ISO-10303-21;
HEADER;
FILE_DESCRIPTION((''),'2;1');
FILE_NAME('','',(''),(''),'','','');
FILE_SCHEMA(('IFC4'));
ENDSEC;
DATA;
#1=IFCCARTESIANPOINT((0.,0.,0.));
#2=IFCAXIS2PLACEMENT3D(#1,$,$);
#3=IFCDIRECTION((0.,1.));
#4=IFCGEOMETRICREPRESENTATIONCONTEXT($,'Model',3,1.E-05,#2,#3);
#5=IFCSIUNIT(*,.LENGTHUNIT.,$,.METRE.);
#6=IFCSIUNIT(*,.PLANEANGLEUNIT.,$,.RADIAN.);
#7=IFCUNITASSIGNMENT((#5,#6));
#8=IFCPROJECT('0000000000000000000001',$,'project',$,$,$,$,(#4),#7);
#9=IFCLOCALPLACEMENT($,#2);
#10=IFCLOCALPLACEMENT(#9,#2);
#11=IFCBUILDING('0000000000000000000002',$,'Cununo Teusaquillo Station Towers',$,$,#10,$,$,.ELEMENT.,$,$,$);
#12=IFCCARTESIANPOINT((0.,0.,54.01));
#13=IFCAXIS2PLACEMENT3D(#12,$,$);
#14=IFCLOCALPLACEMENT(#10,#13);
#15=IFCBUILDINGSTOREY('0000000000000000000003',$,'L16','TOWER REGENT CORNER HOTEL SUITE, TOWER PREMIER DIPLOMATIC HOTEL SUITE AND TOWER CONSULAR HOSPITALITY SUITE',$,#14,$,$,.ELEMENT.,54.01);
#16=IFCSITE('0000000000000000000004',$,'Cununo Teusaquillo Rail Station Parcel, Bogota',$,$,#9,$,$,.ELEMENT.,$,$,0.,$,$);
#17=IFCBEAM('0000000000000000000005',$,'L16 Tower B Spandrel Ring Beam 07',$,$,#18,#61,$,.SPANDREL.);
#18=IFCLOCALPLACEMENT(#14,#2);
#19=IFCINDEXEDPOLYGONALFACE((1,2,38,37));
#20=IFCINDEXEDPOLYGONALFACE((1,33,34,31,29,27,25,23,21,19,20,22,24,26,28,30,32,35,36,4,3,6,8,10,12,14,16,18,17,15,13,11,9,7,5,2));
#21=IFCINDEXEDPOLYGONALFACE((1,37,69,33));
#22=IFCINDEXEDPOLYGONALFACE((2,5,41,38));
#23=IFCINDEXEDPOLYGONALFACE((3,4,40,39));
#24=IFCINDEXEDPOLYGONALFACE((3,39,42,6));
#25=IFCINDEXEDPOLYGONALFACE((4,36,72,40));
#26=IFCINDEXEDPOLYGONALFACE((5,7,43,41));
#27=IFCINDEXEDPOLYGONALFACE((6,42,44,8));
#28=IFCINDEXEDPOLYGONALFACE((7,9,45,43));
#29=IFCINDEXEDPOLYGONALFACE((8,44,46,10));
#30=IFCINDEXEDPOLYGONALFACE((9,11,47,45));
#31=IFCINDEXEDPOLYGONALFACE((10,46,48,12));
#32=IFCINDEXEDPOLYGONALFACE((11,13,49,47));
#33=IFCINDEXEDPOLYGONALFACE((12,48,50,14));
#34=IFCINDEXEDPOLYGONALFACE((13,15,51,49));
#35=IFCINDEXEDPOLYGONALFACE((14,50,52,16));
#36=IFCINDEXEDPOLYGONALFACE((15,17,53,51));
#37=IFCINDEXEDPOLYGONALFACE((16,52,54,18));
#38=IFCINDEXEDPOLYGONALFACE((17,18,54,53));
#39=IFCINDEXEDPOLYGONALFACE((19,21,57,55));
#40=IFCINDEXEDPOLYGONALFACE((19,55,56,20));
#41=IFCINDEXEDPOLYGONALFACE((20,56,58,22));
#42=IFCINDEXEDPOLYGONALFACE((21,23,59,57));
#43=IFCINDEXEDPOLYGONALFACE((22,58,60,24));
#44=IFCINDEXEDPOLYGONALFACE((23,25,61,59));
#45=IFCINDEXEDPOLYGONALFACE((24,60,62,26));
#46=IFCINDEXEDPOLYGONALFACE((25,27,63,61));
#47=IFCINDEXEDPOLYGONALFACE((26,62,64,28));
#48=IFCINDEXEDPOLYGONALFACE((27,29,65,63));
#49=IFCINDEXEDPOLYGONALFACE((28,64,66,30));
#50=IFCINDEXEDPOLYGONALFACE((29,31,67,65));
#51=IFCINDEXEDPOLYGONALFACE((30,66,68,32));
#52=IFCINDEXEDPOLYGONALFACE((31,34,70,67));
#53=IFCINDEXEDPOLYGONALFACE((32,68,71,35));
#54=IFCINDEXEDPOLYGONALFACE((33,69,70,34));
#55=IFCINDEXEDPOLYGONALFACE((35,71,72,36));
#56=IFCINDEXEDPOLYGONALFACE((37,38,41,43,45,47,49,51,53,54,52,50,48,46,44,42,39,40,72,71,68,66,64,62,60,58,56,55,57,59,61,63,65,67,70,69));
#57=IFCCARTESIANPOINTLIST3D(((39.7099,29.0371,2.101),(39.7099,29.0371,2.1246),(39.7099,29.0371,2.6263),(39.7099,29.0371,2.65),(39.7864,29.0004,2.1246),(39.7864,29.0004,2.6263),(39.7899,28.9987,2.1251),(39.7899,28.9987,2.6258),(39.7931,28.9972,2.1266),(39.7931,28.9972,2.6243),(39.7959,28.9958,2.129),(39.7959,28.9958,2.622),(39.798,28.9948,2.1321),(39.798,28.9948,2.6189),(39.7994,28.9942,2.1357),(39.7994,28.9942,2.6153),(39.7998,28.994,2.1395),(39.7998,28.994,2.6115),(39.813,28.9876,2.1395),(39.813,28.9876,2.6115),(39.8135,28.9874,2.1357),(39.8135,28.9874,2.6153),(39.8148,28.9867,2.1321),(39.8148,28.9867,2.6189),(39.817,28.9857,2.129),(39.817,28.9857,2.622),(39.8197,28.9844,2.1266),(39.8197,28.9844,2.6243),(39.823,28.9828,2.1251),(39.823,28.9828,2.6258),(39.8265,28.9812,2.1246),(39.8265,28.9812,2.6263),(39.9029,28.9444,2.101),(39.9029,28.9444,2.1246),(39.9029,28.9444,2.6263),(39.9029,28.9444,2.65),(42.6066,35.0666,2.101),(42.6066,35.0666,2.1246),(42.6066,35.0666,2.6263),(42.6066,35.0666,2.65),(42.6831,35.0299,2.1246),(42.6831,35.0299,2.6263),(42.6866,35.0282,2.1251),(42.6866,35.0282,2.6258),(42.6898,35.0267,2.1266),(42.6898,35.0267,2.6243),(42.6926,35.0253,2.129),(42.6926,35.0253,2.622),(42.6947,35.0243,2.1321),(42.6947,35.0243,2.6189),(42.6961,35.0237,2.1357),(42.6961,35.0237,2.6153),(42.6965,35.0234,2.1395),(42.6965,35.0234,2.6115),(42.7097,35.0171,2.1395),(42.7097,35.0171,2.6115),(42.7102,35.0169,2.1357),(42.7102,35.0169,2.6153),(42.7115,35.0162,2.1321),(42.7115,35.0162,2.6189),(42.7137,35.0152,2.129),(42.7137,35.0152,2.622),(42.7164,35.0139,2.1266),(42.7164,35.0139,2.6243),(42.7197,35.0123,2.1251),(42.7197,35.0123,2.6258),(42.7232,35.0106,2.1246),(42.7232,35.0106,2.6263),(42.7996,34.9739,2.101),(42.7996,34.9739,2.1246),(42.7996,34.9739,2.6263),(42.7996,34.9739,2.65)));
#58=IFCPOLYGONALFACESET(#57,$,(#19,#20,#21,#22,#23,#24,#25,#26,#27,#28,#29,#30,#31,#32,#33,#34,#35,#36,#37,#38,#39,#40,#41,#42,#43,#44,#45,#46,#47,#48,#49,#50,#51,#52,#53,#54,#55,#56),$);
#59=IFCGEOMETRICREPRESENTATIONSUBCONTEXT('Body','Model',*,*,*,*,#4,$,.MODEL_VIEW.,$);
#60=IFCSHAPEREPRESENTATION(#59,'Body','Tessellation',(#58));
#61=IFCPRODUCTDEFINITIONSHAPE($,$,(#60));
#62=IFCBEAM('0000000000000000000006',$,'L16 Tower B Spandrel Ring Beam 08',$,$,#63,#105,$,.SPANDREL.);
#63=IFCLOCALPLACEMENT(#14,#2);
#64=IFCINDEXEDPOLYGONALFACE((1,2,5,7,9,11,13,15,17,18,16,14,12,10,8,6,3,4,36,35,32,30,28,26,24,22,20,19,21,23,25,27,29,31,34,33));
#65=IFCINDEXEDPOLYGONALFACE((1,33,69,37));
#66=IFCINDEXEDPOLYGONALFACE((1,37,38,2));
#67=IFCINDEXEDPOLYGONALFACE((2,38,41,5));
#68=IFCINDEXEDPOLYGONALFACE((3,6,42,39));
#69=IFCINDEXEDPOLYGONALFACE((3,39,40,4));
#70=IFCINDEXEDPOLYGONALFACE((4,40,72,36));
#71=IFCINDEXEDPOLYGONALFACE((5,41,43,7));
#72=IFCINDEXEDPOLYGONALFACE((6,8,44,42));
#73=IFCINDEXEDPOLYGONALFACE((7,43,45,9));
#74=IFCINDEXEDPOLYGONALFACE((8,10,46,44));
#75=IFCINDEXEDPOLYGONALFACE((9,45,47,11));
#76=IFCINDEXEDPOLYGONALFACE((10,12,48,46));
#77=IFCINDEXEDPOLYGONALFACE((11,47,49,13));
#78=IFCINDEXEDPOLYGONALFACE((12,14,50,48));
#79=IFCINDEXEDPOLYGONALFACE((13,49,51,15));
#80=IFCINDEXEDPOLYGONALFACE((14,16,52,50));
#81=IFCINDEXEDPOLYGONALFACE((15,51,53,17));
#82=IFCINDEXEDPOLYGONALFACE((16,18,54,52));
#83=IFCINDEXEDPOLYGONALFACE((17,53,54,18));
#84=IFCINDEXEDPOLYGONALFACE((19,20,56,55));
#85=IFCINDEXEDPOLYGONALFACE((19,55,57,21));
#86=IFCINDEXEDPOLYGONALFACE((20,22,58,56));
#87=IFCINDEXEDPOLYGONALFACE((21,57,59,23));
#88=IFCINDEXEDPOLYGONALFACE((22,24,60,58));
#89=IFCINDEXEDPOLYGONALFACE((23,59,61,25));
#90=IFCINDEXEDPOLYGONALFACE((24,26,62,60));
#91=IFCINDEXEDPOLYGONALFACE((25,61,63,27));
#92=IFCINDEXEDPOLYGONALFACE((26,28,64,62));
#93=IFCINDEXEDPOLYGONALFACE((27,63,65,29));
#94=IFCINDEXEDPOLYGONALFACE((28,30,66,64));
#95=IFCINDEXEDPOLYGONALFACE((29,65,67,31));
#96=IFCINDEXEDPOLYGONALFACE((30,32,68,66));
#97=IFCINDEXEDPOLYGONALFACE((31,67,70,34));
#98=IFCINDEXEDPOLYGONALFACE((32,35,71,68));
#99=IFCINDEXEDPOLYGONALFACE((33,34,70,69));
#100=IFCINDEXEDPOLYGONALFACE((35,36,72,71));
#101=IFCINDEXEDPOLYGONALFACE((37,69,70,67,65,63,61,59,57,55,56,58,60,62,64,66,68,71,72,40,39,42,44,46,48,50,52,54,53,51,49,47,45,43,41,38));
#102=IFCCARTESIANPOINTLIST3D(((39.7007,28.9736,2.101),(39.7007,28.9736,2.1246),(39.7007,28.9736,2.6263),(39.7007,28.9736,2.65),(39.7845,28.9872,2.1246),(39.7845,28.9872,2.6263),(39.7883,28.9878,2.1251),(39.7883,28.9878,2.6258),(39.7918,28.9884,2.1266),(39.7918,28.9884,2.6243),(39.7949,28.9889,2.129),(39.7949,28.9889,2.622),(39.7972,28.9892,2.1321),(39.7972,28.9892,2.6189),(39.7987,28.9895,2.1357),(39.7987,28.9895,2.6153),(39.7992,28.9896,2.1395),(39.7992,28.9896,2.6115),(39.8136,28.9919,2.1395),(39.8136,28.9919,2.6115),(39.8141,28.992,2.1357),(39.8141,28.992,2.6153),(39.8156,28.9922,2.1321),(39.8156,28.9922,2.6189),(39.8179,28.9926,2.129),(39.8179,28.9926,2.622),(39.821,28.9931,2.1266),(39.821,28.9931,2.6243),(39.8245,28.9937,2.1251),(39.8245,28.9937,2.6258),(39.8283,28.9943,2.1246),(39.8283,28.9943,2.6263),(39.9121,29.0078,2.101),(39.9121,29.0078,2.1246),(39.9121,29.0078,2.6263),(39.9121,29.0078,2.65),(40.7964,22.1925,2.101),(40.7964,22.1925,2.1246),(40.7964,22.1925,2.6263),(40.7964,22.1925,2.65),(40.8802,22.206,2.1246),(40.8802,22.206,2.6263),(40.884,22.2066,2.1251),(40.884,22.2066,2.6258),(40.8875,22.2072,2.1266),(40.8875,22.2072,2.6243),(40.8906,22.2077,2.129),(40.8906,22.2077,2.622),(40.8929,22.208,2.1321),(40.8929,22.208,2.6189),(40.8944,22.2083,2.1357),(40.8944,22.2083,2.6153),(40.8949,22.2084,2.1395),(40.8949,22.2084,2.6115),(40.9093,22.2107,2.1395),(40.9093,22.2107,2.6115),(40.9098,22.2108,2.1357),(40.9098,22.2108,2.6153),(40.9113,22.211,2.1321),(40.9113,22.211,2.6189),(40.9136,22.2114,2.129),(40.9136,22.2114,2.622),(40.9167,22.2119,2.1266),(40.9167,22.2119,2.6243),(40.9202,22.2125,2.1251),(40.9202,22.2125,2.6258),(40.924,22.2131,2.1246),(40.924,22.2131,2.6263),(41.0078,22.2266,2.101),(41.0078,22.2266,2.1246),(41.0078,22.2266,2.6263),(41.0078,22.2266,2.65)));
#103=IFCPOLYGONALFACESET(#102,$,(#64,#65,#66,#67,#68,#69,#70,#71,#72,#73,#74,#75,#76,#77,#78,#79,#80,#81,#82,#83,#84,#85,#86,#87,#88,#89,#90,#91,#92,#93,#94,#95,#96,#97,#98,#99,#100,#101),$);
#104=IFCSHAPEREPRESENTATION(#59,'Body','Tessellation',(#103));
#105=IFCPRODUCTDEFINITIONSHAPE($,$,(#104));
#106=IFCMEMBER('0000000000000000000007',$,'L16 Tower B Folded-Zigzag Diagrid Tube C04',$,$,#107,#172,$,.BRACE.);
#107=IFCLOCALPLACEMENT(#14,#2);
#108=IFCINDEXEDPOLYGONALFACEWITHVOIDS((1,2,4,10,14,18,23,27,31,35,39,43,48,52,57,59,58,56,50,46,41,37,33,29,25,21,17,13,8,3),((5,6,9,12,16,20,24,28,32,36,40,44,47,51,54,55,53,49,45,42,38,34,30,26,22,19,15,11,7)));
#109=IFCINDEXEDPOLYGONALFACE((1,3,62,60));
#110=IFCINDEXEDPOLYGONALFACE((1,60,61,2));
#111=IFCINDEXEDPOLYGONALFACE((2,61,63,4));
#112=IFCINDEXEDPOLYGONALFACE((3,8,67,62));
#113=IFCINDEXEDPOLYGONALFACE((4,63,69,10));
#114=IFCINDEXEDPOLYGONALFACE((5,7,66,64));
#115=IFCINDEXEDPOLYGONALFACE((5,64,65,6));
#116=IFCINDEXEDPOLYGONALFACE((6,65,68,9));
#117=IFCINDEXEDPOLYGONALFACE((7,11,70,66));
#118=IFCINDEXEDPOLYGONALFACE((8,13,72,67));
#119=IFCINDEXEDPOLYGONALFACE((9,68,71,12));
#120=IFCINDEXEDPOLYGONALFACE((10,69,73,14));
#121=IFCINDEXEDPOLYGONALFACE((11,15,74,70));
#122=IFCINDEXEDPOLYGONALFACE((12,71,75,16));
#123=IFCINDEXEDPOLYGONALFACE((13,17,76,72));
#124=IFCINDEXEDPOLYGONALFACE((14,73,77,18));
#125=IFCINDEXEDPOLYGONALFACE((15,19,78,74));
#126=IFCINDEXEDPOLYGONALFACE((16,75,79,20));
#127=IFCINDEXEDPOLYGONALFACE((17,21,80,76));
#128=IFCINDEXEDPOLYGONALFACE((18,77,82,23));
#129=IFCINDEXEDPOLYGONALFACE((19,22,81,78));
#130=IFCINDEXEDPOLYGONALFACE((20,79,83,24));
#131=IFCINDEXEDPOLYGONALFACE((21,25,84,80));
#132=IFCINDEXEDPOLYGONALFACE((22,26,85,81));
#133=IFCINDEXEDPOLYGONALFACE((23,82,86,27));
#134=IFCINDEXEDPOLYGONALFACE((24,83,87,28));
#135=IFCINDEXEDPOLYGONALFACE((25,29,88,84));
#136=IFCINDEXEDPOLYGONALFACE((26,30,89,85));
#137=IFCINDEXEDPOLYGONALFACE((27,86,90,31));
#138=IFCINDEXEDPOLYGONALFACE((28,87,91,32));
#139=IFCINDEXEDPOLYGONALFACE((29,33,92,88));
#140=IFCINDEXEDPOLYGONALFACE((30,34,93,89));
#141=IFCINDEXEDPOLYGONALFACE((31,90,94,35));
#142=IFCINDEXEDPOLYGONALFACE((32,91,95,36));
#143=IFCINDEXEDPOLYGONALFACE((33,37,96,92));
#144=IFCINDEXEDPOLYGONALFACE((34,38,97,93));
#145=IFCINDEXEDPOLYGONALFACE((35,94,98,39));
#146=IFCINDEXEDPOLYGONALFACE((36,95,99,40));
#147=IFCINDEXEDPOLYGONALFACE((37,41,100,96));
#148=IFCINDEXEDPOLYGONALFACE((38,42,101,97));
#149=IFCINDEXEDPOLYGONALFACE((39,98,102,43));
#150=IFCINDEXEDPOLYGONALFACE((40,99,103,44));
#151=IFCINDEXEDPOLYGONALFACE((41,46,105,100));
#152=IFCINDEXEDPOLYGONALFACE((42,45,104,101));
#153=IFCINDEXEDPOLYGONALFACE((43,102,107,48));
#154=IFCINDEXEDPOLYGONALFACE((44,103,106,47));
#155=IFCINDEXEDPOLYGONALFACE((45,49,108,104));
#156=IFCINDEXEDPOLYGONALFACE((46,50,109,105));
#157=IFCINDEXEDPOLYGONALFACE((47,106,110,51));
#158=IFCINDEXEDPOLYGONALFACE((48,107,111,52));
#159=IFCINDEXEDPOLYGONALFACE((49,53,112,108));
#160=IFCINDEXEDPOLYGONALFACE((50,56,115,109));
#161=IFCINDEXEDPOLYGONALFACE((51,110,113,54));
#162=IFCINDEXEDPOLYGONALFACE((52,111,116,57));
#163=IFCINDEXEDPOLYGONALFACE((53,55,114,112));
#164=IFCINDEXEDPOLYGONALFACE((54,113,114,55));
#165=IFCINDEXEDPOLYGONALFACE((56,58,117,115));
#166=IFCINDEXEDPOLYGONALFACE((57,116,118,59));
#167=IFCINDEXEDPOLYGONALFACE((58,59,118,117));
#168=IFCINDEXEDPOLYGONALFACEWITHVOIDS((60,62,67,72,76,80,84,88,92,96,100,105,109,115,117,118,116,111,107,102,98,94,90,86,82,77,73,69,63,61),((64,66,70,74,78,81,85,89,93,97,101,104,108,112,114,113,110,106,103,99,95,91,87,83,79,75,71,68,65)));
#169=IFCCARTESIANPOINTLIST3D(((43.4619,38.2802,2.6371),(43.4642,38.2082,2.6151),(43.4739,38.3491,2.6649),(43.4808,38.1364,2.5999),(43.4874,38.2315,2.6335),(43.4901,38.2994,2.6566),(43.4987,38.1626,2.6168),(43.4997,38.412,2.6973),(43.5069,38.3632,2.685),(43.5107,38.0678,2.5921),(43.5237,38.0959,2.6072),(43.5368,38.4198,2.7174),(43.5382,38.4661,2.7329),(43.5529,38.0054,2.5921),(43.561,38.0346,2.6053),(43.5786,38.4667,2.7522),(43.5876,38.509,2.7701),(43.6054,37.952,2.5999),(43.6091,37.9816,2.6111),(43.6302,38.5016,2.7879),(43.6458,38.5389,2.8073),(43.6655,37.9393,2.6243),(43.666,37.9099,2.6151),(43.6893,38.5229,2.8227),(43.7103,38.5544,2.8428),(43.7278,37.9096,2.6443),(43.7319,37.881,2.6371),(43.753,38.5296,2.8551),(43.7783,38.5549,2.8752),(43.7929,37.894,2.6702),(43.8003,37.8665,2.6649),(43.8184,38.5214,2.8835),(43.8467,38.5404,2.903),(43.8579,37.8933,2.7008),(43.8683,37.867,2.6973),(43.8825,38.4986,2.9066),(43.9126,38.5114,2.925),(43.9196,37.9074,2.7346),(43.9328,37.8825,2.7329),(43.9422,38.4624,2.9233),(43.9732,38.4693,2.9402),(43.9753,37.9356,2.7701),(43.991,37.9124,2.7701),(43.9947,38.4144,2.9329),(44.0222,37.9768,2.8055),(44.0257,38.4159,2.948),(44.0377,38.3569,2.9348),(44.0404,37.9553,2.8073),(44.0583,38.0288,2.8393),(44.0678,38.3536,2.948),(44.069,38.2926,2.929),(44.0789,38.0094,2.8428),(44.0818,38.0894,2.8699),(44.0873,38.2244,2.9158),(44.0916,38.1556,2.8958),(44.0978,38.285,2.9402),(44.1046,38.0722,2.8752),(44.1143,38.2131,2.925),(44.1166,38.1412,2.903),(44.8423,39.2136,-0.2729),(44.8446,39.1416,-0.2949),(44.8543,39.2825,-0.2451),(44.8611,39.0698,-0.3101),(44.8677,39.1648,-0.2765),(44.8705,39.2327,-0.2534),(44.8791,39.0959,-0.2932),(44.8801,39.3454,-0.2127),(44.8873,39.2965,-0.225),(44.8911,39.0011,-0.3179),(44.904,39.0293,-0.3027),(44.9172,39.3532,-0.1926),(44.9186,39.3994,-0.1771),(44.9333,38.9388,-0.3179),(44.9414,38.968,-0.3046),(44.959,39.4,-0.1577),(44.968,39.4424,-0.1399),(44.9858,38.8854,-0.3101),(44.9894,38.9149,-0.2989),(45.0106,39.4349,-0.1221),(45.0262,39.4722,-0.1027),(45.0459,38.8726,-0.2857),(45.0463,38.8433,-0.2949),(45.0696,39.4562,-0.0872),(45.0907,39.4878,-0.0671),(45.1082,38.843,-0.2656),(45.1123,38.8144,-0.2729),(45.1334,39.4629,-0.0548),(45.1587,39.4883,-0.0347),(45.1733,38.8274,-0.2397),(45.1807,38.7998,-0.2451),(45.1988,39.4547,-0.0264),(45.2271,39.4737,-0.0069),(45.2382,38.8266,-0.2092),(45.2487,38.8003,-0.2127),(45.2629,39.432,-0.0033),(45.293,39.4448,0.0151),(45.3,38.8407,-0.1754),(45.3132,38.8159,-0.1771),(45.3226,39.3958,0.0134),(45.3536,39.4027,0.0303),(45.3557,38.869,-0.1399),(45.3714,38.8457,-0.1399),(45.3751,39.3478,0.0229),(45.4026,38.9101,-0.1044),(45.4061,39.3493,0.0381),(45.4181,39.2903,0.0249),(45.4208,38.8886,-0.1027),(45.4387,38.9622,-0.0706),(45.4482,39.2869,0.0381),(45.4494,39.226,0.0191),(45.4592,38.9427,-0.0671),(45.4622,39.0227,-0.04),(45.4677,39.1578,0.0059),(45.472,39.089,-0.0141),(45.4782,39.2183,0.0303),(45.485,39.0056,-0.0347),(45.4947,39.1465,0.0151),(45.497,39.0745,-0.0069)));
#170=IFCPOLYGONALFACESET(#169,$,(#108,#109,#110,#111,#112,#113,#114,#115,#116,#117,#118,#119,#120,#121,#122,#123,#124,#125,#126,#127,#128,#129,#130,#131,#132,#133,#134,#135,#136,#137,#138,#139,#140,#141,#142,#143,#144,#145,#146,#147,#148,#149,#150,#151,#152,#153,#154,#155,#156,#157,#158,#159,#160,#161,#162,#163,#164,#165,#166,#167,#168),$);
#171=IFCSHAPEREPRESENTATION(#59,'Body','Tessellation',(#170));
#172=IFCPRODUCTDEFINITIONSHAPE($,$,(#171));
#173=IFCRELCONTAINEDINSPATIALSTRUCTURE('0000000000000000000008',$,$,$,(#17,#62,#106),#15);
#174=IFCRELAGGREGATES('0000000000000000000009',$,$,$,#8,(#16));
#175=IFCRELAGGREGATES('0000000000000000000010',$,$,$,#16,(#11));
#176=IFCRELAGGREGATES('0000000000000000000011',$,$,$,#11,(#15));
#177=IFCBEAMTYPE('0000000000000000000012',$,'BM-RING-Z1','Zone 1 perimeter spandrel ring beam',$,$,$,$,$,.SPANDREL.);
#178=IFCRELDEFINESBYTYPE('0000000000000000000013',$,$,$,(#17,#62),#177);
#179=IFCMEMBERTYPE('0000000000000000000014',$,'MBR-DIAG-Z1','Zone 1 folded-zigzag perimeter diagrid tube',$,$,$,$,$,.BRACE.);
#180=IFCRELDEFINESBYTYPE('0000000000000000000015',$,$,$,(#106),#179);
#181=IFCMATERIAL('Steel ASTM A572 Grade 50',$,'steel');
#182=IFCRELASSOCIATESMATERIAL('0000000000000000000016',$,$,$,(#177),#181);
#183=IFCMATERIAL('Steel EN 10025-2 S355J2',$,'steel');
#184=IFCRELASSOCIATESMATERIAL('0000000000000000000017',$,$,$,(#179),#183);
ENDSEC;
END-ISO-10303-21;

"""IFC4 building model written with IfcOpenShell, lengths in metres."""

from ifc_helpers import new_model, si_unit, direction, frame, origin, origin_2d, place, context, subcontext, project, spatial, hollow_circle, i_section, extrude, material, material_profile, profile_set, type_object, element, save


model = new_model("IFC4")

# Units and contexts
model_context = context("Model", 3, precision=1e-05, world=origin(), true_north=direction((0.0, 1.0)))
body_context = subcontext(model_context, "Body", "Model", "MODEL_VIEW")
ifc_project = project(units=[si_unit("LENGTHUNIT", "METRE"), si_unit("PLANEANGLEUNIT", "RADIAN")], contexts=[model_context])

# Site, building, storey
site_placement = place(None, origin())
site = spatial("IfcSite", under=ifc_project, at=site_placement, Name="Cununo Teusaquillo Rail Station Parcel, Bogota", CompositionType="ELEMENT", RefElevation=0.0)
building_placement = place(site_placement, origin())
building = spatial("IfcBuilding", under=site, at=building_placement, Name="Cununo Teusaquillo Station Towers", CompositionType="ELEMENT")
storey_placement = place(building_placement, frame((0.0, 0.0, 54.01)))
storey = spatial("IfcBuildingStorey", under=building, at=storey_placement, Name="L16", Description="TOWER REGENT CORNER HOTEL SUITE, TOWER PREMIER DIPLOMATIC HOTEL SUITE AND TOWER CONSULAR HOSPITALITY SUITE", CompositionType="ELEMENT", Elevation=54.01)

# Beams
ifc_material_1 = material(Name="Steel ASTM A572 Grade 50", Category="steel")
ifc_material_profile_1 = material_profile(ifc_material_1, i_section(OverallWidth=0.2141, OverallDepth=0.5491, WebThickness=0.0146, FlangeThickness=0.0237, FilletRadius=0.0149, at=origin_2d()), Name="W21X93")
ifc_profile_set_1 = profile_set([ifc_material_profile_1], Name="Steel ASTM A572 Grade 50")
beam_type_1 = type_object("IfcBeamType", Name="BM-RING-Z1", Description="Zone 1 perimeter spandrel ring beam", PredefinedType="SPANDREL", material=ifc_profile_set_1)
beam_1_placement = place(storey_placement, frame((42.7031, 35.0203, 2.3755), z_axis=(-0.433041, -0.901374, 0.0), x_axis=(0.901374, -0.433041, 0.0)))
element("IfcBeam", 1, at=beam_1_placement, inside=storey, type_object=beam_type_1, Name="L16 Tower B Spandrel Ring Beam 07", PredefinedType="SPANDREL", context=body_context, shape_type="SweptSolid", body=[
    extrude(i_section(OverallWidth=0.2141, OverallDepth=0.5491, WebThickness=0.0146, FlangeThickness=0.0237, FilletRadius=0.0149, at=origin_2d()), origin(), (0.0, 0.0, 1.0), 6.6892),
])
beam_2_placement = place(storey_placement, frame((39.8064, 28.9907, 2.3755), z_axis=(0.15951, -0.987196, 0.0), x_axis=(0.987196, 0.15951, 0.0)))
element("IfcBeam", 2, at=beam_2_placement, inside=storey, type_object=beam_type_1, Name="L16 Tower B Spandrel Ring Beam 08", PredefinedType="SPANDREL", context=body_context, shape_type="SweptSolid", body=[
    extrude(i_section(OverallWidth=0.2141, OverallDepth=0.5491, WebThickness=0.0146, FlangeThickness=0.0237, FilletRadius=0.0149, at=origin_2d()), origin(), (0.0, 0.0, 1.0), 6.8691),
])

# Member
ifc_material_2 = material(Name="Steel EN 10025-2 S355J2", Category="steel")
ifc_material_profile_2 = material_profile(ifc_material_2, hollow_circle(Radius=0.3601, WallThickness=0.0281, at=origin_2d()), Name="CHS 720x28")
ifc_profile_set_2 = profile_set([ifc_material_profile_2], Name="Steel EN 10025-2 S355J2")
member_type = type_object("IfcMemberType", Name="MBR-DIAG-Z1", Description="Zone 1 folded-zigzag perimeter diagrid tube", PredefinedType="BRACE", material=ifc_profile_set_2)
member_1_placement = place(storey_placement, frame((45.1697, 39.144, -0.1399), z_axis=(-0.411654, -0.278343, 0.867794), x_axis=(0.560132, -0.828403, 0.0)))
element("IfcMember", 3, at=member_1_placement, inside=storey, type_object=member_type, Name="L16 Tower B Folded-Zigzag Diagrid Tube C04", PredefinedType="BRACE", context=body_context, shape_type="SweptSolid", body=[
    extrude(hollow_circle(Radius=0.3601, WallThickness=0.0281, at=origin_2d()), origin(), (0.0, 0.0, 1.0), 3.3533),
])

save(model, "model.ifc")
